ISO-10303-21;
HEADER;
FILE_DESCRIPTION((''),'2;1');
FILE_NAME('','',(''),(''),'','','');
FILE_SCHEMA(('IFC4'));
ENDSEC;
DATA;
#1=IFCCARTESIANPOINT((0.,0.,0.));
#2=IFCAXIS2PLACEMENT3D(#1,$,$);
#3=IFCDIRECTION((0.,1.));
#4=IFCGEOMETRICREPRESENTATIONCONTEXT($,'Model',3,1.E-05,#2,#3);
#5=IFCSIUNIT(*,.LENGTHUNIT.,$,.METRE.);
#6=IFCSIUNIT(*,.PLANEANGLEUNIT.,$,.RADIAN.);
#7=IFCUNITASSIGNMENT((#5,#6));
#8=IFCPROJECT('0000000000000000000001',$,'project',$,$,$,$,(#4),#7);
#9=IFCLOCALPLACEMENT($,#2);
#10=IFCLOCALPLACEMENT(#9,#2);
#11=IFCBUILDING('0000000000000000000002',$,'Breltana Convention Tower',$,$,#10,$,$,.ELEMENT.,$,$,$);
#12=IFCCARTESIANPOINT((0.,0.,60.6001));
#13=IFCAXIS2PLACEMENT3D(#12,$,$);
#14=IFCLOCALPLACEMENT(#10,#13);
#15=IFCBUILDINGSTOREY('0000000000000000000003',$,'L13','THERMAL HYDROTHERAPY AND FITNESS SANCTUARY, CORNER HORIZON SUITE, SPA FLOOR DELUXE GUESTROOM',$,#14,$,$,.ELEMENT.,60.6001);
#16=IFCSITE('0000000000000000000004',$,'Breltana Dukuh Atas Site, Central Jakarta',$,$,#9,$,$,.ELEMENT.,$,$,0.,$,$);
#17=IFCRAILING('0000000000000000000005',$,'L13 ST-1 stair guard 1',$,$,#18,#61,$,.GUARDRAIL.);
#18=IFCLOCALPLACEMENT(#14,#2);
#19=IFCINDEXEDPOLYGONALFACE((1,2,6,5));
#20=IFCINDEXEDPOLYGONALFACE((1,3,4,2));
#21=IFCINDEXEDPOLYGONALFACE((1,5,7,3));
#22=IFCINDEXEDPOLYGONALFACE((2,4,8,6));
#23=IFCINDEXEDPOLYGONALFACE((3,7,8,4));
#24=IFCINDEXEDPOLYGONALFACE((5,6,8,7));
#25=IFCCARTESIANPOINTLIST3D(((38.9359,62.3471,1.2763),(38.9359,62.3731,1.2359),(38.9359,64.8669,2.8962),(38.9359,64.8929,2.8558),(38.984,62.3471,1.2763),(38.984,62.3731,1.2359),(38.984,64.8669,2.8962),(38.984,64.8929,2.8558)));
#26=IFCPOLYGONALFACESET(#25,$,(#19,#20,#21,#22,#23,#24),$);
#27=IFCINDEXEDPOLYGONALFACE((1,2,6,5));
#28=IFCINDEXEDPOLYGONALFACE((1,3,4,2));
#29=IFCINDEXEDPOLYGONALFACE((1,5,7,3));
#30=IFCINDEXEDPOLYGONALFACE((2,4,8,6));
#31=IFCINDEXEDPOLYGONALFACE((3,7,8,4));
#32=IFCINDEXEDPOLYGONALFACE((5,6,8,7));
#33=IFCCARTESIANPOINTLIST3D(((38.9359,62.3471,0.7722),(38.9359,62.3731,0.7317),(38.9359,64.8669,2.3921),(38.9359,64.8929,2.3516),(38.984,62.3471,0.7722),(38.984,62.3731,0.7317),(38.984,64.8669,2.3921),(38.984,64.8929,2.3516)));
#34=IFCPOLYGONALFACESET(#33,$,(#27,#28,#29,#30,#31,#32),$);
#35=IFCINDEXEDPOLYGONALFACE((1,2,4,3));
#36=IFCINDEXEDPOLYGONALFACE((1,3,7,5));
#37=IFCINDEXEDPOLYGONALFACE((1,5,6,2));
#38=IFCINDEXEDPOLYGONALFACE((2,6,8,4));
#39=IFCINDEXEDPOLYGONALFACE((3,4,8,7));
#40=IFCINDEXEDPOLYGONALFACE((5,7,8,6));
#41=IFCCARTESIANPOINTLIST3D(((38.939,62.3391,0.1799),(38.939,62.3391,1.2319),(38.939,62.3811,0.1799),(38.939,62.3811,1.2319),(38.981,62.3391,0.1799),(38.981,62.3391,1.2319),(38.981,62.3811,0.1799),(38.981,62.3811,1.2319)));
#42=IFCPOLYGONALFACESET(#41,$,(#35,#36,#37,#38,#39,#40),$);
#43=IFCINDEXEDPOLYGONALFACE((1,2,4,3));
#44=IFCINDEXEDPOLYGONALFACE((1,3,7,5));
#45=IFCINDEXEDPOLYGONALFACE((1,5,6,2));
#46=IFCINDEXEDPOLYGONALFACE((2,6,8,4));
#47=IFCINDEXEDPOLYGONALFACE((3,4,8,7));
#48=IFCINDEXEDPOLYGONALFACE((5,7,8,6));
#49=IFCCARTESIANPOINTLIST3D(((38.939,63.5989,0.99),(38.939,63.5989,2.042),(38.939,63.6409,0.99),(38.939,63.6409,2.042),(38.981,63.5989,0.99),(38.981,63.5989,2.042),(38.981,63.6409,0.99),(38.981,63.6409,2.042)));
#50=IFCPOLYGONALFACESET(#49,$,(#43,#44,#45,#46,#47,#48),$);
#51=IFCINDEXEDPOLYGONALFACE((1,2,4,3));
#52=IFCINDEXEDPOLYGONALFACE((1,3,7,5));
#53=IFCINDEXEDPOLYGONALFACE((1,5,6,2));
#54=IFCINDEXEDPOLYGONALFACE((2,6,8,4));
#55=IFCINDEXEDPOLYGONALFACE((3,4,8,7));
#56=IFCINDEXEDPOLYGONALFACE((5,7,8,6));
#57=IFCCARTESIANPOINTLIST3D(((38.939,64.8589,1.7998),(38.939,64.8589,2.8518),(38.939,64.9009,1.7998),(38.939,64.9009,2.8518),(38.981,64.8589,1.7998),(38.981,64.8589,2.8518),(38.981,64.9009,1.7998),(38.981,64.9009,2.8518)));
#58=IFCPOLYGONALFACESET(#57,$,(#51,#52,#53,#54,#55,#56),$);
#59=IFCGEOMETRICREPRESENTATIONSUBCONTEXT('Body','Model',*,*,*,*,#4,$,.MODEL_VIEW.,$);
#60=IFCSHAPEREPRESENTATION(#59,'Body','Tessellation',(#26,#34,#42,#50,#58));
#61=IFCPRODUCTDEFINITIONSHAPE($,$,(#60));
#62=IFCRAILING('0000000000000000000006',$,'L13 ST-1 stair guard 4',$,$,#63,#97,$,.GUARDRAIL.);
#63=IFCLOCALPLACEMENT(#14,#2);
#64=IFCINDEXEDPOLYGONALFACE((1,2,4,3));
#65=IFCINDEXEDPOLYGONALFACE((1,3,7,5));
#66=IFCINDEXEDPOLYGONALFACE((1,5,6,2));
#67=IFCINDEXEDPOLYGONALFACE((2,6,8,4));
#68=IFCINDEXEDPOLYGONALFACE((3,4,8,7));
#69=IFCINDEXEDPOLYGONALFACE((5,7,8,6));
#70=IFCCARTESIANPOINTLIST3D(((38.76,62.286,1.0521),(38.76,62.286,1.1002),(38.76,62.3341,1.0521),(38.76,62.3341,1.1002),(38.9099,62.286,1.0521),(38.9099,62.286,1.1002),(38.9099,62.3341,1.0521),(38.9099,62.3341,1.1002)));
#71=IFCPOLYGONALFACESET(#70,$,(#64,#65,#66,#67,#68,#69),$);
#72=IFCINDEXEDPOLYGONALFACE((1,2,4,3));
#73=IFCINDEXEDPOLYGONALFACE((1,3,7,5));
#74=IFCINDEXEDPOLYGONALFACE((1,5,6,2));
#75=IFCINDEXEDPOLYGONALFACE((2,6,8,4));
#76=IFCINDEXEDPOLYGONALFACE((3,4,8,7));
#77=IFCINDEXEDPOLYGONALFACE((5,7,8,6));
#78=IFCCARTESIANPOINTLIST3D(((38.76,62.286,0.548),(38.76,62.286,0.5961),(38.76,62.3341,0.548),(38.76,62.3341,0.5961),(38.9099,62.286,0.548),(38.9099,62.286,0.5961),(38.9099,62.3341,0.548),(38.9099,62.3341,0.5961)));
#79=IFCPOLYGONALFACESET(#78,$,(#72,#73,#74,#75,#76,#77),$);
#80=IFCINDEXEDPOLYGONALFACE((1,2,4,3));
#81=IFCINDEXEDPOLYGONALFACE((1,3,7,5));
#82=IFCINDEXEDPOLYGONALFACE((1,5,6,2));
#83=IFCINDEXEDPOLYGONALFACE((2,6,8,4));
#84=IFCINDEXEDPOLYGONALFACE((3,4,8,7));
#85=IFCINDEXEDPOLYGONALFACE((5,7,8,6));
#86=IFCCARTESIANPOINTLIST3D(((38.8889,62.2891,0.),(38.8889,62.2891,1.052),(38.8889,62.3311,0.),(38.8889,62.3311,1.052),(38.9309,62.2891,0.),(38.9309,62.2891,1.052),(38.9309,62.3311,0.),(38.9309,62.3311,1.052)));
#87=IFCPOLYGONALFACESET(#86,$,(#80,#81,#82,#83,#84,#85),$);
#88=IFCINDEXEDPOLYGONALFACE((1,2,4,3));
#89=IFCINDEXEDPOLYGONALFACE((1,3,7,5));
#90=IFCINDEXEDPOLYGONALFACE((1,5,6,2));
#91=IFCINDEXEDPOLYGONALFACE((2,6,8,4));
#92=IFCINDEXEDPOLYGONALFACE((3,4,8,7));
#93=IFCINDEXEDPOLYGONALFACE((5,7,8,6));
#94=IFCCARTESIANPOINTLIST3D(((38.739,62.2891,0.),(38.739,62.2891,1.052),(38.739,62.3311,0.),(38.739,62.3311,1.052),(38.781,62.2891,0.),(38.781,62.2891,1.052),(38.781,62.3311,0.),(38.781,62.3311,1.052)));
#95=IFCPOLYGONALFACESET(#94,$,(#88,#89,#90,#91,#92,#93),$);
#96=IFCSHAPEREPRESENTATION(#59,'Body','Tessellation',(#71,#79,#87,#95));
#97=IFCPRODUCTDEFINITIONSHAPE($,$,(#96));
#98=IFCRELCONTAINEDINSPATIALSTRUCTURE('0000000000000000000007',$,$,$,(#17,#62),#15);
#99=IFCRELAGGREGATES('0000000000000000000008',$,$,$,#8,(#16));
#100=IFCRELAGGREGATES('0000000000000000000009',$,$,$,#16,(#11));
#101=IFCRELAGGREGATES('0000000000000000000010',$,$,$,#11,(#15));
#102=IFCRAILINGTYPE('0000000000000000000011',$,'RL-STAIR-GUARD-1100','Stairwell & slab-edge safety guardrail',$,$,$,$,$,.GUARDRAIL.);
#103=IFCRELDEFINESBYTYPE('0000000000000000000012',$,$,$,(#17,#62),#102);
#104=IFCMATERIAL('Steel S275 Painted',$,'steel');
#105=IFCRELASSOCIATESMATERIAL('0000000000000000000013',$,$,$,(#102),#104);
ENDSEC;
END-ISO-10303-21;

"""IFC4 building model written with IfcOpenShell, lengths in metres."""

from ifc_helpers import new_model, si_unit, direction, frame, origin, origin_2d, place, context, subcontext, project, spatial, rectangle, extrude, material, type_object, element, save


model = new_model("IFC4")

# Units and contexts
model_context = context("Model", 3, precision=1e-05, world=origin(), true_north=direction((0.0, 1.0)))
body_context = subcontext(model_context, "Body", "Model", "MODEL_VIEW")
ifc_project = project(units=[si_unit("LENGTHUNIT", "METRE"), si_unit("PLANEANGLEUNIT", "RADIAN")], contexts=[model_context])

# Site, building, storey
site_placement = place(None, origin())
site = spatial("IfcSite", under=ifc_project, at=site_placement, Name="Breltana Dukuh Atas Site, Central Jakarta", CompositionType="ELEMENT", RefElevation=0.0)
building_placement = place(site_placement, origin())
building = spatial("IfcBuilding", under=site, at=building_placement, Name="Breltana Convention Tower", CompositionType="ELEMENT")
storey_placement = place(building_placement, frame((0.0, 0.0, 60.6001)))
storey = spatial("IfcBuildingStorey", under=building, at=storey_placement, Name="L13", Description="THERMAL HYDROTHERAPY AND FITNESS SANCTUARY, CORNER HORIZON SUITE, SPA FLOOR DELUXE GUESTROOM", CompositionType="ELEMENT", Elevation=60.6001)

# Railings
ifc_material_1 = material(Name="Steel S275 Painted", Category="steel")
railing_type = type_object("IfcRailingType", Name="RL-STAIR-GUARD-1100", Description="Stairwell & slab-edge safety guardrail", PredefinedType="GUARDRAIL", material=ifc_material_1)
railing_1_placement = place(storey_placement, frame((38.96, 62.3601, 0.1799)))
element("IfcRailing", 1, at=railing_1_placement, inside=storey, type_object=railing_type, Name="L13 ST-1 stair guard 1", PredefinedType="GUARDRAIL", context=body_context, shape_type="SweptSolid", body=[
    extrude(rectangle(XDim=0.0481, YDim=0.0481, at=origin_2d()), frame((0.0, 0.0, 1.0762), z_axis=(0.0, 0.841176, 0.540762), x_axis=(-1.0, 0.0, 0.0)), (0.0, 0.0, 1.0), 2.9956),
    extrude(rectangle(XDim=0.0481, YDim=0.0481, at=origin_2d()), frame((0.0, 0.0, 0.572), z_axis=(0.0, 0.841176, 0.540762), x_axis=(-1.0, 0.0, 0.0)), (0.0, 0.0, 1.0), 2.9956),
    extrude(rectangle(XDim=0.042, YDim=0.042, at=origin_2d()), origin(), (0.0, 0.0, 1.0), 1.052),
    extrude(rectangle(XDim=0.042, YDim=0.042, at=origin_2d()), frame((0.0, 1.2598, 0.8101)), (0.0, 0.0, 1.0), 1.052),
    extrude(rectangle(XDim=0.042, YDim=0.042, at=origin_2d()), frame((0.0, 2.5198, 1.6199)), (0.0, 0.0, 1.0), 1.052),
])
railing_2_placement = place(storey_placement, frame((38.9099, 62.3101, 0.0)))
element("IfcRailing", 2, at=railing_2_placement, inside=storey, type_object=railing_type, Name="L13 ST-1 stair guard 4", PredefinedType="GUARDRAIL", context=body_context, shape_type="SweptSolid", body=[
    extrude(rectangle(XDim=0.0481, YDim=0.0481, at=origin_2d()), frame((0.0, 0.0, 1.0762), z_axis=(-1.0, 0.0, 0.0), x_axis=(0.0, -1.0, 0.0)), (0.0, 0.0, 1.0), 0.1499),
    extrude(rectangle(XDim=0.0481, YDim=0.0481, at=origin_2d()), frame((0.0, 0.0, 0.572), z_axis=(-1.0, 0.0, 0.0), x_axis=(0.0, -1.0, 0.0)), (0.0, 0.0, 1.0), 0.1499),
    extrude(rectangle(XDim=0.042, YDim=0.042, at=origin_2d()), origin(), (0.0, 0.0, 1.0), 1.052),
    extrude(rectangle(XDim=0.042, YDim=0.042, at=origin_2d()), frame((-0.1499, 0.0, 0.0)), (0.0, 0.0, 1.0), 1.052),
])

save(model, "model.ifc")
